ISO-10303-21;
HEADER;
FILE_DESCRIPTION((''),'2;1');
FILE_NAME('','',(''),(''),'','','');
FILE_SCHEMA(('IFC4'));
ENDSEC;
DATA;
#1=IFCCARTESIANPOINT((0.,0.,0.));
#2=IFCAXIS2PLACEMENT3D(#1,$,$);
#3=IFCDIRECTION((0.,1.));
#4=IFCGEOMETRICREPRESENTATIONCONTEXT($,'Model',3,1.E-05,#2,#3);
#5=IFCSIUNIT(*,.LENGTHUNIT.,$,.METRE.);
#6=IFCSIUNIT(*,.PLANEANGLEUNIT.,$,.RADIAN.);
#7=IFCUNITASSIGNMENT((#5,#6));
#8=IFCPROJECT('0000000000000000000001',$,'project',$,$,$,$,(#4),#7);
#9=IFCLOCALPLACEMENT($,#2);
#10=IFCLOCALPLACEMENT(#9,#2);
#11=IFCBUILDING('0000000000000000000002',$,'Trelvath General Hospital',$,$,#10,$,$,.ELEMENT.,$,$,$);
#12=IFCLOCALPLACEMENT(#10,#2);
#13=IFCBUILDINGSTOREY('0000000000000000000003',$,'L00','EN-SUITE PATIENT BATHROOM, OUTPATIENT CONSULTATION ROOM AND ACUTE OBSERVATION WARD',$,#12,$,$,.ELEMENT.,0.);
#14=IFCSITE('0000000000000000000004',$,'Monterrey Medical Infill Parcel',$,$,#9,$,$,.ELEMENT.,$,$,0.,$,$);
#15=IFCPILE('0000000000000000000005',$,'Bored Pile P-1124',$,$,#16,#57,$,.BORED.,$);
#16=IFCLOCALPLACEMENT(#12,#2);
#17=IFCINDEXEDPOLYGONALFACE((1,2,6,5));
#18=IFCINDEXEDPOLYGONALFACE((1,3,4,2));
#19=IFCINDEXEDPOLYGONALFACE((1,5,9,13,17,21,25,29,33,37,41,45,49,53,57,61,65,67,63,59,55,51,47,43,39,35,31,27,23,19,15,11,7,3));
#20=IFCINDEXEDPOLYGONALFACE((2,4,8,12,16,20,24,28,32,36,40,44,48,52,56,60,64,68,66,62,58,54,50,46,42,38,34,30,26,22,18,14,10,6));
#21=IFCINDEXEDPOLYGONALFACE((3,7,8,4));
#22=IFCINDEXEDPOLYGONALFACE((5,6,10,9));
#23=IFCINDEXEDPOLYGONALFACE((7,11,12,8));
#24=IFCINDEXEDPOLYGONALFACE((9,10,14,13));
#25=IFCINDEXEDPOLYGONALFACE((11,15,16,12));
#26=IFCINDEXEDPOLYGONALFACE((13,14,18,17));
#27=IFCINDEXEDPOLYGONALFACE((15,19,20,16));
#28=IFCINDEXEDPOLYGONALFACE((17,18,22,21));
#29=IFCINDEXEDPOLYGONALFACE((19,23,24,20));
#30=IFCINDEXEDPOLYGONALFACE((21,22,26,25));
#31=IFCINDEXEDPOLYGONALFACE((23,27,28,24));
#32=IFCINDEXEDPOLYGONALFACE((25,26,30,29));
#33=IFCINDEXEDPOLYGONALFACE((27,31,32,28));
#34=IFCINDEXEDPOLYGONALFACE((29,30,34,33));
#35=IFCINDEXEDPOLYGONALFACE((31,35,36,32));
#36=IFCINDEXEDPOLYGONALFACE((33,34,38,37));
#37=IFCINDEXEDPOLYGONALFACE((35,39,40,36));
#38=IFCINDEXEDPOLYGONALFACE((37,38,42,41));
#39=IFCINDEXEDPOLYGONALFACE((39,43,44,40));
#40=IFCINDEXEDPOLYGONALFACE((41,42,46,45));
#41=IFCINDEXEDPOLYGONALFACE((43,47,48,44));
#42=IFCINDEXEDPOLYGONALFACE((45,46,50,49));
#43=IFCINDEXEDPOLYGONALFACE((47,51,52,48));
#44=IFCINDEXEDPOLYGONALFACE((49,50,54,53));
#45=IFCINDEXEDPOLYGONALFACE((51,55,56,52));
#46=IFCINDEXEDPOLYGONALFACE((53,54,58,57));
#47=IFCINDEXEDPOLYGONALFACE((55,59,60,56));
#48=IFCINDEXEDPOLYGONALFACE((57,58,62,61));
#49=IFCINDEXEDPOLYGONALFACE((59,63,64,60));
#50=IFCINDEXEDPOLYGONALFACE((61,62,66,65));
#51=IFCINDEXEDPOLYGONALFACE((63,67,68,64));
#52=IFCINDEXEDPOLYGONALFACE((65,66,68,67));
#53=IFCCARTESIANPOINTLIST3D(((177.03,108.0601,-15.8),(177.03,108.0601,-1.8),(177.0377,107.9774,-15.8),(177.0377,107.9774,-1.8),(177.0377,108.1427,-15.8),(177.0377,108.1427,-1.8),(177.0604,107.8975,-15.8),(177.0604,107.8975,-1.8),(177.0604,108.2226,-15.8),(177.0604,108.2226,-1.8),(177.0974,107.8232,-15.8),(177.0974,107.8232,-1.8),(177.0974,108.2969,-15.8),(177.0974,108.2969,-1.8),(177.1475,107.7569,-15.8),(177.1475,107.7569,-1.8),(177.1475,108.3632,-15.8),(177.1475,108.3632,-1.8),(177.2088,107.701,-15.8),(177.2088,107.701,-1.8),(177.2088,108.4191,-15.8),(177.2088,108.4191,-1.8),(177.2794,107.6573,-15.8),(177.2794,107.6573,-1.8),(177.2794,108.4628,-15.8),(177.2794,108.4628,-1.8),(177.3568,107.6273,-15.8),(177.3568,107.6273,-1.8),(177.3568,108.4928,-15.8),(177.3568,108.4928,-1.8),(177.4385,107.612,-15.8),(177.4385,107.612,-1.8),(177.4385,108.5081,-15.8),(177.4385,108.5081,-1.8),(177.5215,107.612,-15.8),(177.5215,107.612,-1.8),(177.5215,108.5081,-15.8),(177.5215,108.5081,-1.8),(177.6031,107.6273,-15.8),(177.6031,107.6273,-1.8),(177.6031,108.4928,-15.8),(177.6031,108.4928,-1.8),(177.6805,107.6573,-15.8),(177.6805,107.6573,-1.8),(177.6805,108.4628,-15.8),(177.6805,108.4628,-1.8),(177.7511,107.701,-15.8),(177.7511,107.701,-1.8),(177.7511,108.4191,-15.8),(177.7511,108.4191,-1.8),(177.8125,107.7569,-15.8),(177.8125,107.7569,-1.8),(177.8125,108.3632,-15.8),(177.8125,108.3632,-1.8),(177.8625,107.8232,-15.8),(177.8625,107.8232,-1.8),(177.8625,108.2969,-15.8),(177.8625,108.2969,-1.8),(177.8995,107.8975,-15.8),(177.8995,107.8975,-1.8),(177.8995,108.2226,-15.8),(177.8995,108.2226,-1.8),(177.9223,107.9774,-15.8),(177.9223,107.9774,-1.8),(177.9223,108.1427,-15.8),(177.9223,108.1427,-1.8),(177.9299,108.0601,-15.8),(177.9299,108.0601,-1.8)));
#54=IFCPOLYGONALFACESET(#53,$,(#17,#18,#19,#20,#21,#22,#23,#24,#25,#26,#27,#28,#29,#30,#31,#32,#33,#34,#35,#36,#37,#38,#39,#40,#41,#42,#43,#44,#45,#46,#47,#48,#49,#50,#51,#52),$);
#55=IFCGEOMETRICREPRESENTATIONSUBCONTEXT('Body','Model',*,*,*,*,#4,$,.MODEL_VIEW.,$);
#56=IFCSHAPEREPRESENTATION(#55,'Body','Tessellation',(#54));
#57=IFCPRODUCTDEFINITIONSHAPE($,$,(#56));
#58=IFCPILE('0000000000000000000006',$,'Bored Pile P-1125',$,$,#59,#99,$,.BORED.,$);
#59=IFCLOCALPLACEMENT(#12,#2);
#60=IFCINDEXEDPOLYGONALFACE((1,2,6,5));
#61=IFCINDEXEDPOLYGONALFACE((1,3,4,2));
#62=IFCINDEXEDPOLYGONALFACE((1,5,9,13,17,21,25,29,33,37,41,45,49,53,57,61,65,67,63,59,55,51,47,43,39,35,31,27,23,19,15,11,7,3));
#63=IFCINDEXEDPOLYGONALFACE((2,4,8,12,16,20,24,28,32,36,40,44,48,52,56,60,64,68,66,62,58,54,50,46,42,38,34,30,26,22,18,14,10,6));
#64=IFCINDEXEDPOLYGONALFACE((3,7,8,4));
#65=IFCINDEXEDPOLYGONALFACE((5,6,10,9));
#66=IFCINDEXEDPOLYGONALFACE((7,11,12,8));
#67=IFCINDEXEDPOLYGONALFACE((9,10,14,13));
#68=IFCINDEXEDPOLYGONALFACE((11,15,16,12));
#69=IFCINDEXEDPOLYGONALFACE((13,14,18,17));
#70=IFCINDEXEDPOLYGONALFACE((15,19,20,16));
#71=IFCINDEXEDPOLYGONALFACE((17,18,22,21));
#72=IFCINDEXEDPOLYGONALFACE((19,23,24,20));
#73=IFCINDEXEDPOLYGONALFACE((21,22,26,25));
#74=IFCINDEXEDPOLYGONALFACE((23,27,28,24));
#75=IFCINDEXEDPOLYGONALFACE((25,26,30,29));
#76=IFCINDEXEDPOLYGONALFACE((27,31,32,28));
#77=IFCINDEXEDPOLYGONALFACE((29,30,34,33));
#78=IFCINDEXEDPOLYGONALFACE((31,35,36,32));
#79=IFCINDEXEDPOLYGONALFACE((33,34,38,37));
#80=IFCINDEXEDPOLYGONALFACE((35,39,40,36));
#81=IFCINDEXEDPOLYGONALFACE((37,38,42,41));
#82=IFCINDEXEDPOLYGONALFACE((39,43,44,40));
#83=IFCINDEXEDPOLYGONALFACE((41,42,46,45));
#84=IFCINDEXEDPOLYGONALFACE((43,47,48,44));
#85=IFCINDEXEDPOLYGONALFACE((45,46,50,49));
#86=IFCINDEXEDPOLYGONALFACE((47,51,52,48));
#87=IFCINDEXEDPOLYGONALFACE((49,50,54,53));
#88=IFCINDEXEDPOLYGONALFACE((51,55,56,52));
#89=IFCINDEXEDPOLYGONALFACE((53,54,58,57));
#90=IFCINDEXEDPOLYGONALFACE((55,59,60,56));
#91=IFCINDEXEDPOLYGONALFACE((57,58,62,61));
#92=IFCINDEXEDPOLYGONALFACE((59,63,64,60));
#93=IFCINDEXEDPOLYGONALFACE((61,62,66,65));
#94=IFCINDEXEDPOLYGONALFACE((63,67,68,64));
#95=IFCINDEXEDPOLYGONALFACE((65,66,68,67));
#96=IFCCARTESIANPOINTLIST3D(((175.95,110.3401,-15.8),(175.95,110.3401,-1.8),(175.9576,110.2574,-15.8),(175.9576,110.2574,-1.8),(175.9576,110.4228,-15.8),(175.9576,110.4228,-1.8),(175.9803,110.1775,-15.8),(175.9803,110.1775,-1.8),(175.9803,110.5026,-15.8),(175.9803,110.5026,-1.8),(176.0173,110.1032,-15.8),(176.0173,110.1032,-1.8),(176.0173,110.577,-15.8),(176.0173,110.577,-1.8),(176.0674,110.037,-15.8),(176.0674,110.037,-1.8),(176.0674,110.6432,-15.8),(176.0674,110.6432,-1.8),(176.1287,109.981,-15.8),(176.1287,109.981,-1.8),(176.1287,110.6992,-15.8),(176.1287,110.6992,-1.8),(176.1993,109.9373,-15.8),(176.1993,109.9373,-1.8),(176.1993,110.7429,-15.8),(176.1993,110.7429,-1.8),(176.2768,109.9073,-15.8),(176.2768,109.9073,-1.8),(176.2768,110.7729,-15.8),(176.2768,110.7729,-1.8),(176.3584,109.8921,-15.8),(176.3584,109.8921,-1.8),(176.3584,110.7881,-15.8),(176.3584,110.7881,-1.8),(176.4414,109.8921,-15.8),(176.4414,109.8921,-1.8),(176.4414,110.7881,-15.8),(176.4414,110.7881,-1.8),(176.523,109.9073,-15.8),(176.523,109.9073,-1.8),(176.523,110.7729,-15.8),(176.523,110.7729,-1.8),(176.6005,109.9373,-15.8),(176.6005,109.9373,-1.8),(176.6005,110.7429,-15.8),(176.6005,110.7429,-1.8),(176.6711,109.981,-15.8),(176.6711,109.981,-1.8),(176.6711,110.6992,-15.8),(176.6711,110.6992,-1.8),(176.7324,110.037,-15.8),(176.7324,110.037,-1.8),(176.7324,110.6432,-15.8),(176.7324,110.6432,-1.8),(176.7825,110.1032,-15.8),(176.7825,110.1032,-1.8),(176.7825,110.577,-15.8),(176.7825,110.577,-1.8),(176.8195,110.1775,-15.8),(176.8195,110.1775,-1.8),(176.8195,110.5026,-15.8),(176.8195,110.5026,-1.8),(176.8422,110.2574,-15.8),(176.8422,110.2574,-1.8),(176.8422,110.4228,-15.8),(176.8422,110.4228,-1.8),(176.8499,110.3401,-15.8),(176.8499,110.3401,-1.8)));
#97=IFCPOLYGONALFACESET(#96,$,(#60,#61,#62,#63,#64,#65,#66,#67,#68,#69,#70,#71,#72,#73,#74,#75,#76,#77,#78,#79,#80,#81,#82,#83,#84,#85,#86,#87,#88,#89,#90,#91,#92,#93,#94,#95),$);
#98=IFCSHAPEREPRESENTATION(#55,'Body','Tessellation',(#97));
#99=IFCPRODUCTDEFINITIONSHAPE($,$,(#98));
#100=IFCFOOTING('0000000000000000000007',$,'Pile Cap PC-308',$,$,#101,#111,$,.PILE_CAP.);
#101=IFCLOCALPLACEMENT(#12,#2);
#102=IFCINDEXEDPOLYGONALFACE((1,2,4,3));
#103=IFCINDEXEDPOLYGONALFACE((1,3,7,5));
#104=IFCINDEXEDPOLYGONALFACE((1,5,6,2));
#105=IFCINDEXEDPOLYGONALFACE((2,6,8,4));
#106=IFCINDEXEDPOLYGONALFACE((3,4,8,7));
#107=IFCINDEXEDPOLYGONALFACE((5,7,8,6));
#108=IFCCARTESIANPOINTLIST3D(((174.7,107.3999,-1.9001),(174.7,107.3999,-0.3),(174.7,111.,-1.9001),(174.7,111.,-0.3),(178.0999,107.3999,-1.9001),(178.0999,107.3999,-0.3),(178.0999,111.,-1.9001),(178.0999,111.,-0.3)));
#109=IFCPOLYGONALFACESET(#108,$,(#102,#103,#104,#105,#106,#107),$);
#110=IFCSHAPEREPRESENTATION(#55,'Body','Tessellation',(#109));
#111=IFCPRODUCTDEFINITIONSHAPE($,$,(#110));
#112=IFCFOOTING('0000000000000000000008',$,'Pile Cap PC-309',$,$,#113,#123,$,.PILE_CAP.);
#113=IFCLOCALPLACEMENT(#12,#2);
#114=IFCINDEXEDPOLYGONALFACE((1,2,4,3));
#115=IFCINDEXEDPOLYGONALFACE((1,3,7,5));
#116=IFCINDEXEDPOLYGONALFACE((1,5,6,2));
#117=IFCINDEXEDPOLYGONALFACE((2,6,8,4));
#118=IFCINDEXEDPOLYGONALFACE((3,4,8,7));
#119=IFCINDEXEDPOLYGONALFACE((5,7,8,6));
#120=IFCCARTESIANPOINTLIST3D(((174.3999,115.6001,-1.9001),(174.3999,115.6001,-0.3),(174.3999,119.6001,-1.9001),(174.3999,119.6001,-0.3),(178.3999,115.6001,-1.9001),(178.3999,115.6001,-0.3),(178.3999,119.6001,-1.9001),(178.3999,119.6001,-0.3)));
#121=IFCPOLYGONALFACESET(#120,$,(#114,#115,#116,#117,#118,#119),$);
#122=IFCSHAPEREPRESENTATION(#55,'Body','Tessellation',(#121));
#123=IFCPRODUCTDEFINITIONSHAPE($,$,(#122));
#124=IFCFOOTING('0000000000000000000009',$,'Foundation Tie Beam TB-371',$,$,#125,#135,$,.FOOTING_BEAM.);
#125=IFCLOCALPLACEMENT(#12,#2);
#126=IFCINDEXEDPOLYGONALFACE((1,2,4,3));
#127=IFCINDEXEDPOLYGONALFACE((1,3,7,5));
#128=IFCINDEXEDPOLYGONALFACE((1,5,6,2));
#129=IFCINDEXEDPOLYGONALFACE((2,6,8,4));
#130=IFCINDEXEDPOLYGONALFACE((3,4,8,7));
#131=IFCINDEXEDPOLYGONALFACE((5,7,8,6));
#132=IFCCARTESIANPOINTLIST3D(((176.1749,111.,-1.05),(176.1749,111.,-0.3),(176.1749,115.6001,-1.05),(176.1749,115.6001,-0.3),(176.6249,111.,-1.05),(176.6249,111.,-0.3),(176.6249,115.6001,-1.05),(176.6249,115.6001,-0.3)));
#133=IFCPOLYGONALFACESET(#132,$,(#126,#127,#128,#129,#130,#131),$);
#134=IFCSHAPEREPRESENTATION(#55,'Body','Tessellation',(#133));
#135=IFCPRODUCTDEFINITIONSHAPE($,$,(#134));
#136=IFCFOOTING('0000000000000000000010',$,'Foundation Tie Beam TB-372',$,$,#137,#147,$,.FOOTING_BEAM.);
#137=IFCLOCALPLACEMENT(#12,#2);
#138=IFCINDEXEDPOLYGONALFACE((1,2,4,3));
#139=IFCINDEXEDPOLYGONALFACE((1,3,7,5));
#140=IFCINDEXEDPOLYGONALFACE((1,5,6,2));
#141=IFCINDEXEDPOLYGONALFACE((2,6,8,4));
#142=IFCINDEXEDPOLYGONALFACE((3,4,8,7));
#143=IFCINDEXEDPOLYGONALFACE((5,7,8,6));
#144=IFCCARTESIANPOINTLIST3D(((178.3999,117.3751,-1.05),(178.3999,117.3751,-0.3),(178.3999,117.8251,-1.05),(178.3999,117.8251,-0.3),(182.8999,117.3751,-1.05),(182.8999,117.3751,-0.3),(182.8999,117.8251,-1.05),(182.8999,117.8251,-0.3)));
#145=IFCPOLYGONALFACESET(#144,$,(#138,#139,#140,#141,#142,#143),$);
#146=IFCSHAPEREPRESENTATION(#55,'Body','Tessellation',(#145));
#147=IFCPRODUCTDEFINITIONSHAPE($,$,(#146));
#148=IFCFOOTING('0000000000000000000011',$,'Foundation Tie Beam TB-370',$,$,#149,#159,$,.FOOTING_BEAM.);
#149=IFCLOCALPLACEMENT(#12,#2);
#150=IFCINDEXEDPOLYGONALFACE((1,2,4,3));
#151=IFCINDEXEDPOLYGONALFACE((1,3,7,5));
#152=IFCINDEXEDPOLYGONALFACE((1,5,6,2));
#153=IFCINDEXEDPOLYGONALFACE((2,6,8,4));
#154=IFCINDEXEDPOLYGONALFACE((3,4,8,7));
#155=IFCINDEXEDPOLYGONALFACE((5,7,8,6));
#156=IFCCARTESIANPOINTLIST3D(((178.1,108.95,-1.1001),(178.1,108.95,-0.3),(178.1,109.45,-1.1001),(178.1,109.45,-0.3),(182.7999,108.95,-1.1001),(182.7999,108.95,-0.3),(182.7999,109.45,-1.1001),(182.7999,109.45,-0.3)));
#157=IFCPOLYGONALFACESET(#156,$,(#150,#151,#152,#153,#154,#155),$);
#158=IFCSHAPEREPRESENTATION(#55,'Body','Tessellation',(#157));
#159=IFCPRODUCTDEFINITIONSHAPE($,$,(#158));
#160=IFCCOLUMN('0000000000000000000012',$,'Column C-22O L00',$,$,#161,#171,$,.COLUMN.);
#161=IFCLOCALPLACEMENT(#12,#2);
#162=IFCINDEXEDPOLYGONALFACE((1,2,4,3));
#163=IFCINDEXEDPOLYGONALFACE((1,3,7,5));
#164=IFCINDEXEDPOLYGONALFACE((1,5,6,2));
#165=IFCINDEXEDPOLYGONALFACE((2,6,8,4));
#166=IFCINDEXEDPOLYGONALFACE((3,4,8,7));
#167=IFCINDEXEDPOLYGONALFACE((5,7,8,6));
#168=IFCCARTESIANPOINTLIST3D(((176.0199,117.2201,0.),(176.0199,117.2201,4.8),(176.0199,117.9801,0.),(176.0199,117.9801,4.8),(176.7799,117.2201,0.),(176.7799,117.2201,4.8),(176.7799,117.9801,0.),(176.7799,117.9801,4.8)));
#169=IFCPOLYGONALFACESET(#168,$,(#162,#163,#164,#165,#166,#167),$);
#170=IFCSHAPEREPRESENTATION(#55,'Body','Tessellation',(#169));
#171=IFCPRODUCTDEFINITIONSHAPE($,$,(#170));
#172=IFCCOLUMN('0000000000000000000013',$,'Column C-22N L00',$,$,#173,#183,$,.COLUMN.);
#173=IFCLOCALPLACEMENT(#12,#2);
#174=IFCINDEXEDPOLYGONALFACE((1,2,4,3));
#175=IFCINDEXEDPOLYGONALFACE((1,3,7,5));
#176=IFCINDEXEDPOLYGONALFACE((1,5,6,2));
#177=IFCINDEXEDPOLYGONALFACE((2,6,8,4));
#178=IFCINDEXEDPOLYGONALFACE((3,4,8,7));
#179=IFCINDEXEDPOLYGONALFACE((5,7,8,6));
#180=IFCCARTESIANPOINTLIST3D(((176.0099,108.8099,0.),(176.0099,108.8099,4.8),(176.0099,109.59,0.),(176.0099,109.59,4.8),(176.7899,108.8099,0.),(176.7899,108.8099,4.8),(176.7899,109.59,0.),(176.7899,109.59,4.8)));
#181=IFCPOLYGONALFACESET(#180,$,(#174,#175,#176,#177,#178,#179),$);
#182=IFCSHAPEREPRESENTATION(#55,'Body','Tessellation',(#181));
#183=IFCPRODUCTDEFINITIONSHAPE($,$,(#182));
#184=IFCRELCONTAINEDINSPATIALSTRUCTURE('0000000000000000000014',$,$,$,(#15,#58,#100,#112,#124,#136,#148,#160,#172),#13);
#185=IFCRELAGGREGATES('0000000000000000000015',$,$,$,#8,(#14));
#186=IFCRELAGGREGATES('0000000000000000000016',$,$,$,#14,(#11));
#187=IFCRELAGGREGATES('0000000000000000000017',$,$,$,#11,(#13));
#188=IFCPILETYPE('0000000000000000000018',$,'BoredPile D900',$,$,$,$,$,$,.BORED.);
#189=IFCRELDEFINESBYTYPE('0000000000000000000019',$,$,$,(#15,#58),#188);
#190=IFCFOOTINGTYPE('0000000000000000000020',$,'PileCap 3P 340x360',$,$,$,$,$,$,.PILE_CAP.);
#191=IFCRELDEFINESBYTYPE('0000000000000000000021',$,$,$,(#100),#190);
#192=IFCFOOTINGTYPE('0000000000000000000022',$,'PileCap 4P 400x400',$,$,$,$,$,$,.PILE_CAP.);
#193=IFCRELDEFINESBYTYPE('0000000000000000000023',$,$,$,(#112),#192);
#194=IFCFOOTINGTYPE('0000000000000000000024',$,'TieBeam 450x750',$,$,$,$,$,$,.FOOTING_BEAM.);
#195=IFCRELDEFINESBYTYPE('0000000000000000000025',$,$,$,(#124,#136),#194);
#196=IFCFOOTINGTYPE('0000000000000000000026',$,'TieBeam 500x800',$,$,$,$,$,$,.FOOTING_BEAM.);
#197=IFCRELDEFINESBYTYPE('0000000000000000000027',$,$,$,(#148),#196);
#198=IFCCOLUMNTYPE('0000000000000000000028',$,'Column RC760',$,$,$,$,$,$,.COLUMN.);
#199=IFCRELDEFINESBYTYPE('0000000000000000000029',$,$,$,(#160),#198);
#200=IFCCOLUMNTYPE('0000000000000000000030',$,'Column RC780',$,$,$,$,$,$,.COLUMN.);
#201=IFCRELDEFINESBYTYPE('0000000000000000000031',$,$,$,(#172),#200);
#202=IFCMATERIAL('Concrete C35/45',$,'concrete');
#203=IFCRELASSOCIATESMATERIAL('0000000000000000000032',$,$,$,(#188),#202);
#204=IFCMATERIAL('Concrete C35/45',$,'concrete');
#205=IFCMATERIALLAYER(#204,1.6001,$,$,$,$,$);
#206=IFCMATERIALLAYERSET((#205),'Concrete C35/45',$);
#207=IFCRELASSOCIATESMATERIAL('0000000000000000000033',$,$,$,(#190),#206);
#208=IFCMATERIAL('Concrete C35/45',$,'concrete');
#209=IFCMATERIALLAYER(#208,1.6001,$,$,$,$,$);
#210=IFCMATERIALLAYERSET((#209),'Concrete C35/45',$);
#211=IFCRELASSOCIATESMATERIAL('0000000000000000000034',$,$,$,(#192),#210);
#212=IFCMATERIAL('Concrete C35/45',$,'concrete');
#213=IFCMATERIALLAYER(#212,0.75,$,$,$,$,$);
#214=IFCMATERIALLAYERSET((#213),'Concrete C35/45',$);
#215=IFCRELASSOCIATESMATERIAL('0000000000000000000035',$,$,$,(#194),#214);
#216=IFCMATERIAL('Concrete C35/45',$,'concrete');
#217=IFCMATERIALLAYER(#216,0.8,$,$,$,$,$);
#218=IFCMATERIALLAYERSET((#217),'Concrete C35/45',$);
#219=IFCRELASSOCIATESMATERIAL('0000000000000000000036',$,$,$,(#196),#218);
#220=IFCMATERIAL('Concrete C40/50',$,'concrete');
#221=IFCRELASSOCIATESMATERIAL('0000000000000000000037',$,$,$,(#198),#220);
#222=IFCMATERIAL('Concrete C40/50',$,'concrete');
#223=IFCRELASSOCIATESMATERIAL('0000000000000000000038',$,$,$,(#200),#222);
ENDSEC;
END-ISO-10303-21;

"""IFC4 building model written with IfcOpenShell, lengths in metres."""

from ifc_helpers import new_model, si_unit, direction, frame, origin, origin_2d, place, context, subcontext, project, spatial, rectangle, circle, extrude, material, layer, layer_set, material_profile, profile_set, type_object, element, save


model = new_model("IFC4")

# Units and contexts
model_context = context("Model", 3, precision=1e-05, world=origin(), true_north=direction((0.0, 1.0)))
body_context = subcontext(model_context, "Body", "Model", "MODEL_VIEW")
ifc_project = project(units=[si_unit("LENGTHUNIT", "METRE"), si_unit("PLANEANGLEUNIT", "RADIAN")], contexts=[model_context])

# Site, building, storey
site_placement = place(None, origin())
site = spatial("IfcSite", under=ifc_project, at=site_placement, Name="Monterrey Medical Infill Parcel", CompositionType="ELEMENT", RefElevation=0.0)
building_placement = place(site_placement, origin())
building = spatial("IfcBuilding", under=site, at=building_placement, Name="Trelvath General Hospital", CompositionType="ELEMENT")
storey_placement = place(building_placement, origin())
storey = spatial("IfcBuildingStorey", under=building, at=storey_placement, Name="L00", Description="EN-SUITE PATIENT BATHROOM, OUTPATIENT CONSULTATION ROOM AND ACUTE OBSERVATION WARD", CompositionType="ELEMENT", Elevation=0.0)

# Piles
ifc_material_1 = material(Name="Concrete C35/45", Category="concrete")
ifc_material_profile_1 = material_profile(ifc_material_1, circle(Radius=0.45, at=origin_2d()), Name="PILE900")
ifc_profile_set_1 = profile_set([ifc_material_profile_1], Name="Concrete C35/45")
pile_type_1 = type_object("IfcPileType", Name="BoredPile D900", PredefinedType="BORED", material=ifc_profile_set_1)
for number, where, z_axis, x_axis, name in (
    (1, (177.48, 108.0601, -1.8), (0.0, 0.0, -1.0), (1.0, 0.0, 0.0), "Bored Pile P-1124"),
    (2, (176.3999, 110.3401, -1.8), (0.0, 0.0, -1.0), (1.0, 0.0, 0.0), "Bored Pile P-1125"),
):
    element("IfcPile", number, at=place(storey_placement, frame(where, z_axis=z_axis, x_axis=x_axis)), inside=storey, type_object=pile_type_1, Name=name, PredefinedType="BORED", context=body_context, shape_type="SweptSolid", body=[
        extrude(circle(Radius=0.45, at=origin_2d()), origin(), (0.0, 0.0, 1.0), 14.0),
    ])

# Footings
ifc_material_2 = material(Name="Concrete C35/45", Category="concrete")
ifc_layer_1 = layer(ifc_material_2, 1.6001)
ifc_layer_set_1 = layer_set([ifc_layer_1], Name="Concrete C35/45")
footing_type_1 = type_object("IfcFootingType", Name="PileCap 3P 340x360", PredefinedType="PILE_CAP", material=ifc_layer_set_1)
footing_1_placement = place(storey_placement, frame((176.3999, 109.2, -1.9001), z_axis=(0.0, 0.0, 1.0), x_axis=(1.0, 0.0, 0.0)))
element("IfcFooting", 3, at=footing_1_placement, inside=storey, type_object=footing_type_1, Name="Pile Cap PC-308", PredefinedType="PILE_CAP", context=body_context, shape_type="SweptSolid", body=[
    extrude(rectangle(XDim=3.3999, YDim=3.6001, at=origin_2d()), origin(), (0.0, 0.0, 1.0), 1.6001),
])
ifc_material_3 = material(Name="Concrete C35/45", Category="concrete")
ifc_layer_2 = layer(ifc_material_3, 1.6001)
ifc_layer_set_2 = layer_set([ifc_layer_2], Name="Concrete C35/45")
footing_type_2 = type_object("IfcFootingType", Name="PileCap 4P 400x400", PredefinedType="PILE_CAP", material=ifc_layer_set_2)
footing_2_placement = place(storey_placement, frame((176.3999, 117.6001, -1.9001), z_axis=(0.0, 0.0, 1.0), x_axis=(1.0, 0.0, 0.0)))
element("IfcFooting", 4, at=footing_2_placement, inside=storey, type_object=footing_type_2, Name="Pile Cap PC-309", PredefinedType="PILE_CAP", context=body_context, shape_type="SweptSolid", body=[
    extrude(rectangle(XDim=4.0, YDim=4.0, at=origin_2d()), origin(), (0.0, 0.0, 1.0), 1.6001),
])
ifc_material_4 = material(Name="Concrete C35/45", Category="concrete")
ifc_layer_3 = layer(ifc_material_4, 0.75)
ifc_layer_set_3 = layer_set([ifc_layer_3], Name="Concrete C35/45")
footing_type_3 = type_object("IfcFootingType", Name="TieBeam 450x750", PredefinedType="FOOTING_BEAM", material=ifc_layer_set_3)
footing_3_placement = place(storey_placement, frame((176.3999, 113.3, -1.05), z_axis=(0.0, 0.0, 1.0), x_axis=(1.0, 0.0, 0.0)))
element("IfcFooting", 5, at=footing_3_placement, inside=storey, type_object=footing_type_3, Name="Foundation Tie Beam TB-371", PredefinedType="FOOTING_BEAM", context=body_context, shape_type="SweptSolid", body=[
    extrude(rectangle(XDim=0.45, YDim=4.6001, at=origin_2d()), origin(), (0.0, 0.0, 1.0), 0.75),
])
footing_4_placement = place(storey_placement, frame((180.6499, 117.6001, -1.05), z_axis=(0.0, 0.0, 1.0), x_axis=(1.0, 0.0, 0.0)))
element("IfcFooting", 6, at=footing_4_placement, inside=storey, type_object=footing_type_3, Name="Foundation Tie Beam TB-372", PredefinedType="FOOTING_BEAM", context=body_context, shape_type="SweptSolid", body=[
    extrude(rectangle(XDim=4.5, YDim=0.45, at=origin_2d()), origin(), (0.0, 0.0, 1.0), 0.75),
])
ifc_material_5 = material(Name="Concrete C35/45", Category="concrete")
ifc_layer_4 = layer(ifc_material_5, 0.8)
ifc_layer_set_4 = layer_set([ifc_layer_4], Name="Concrete C35/45")
footing_type_4 = type_object("IfcFootingType", Name="TieBeam 500x800", PredefinedType="FOOTING_BEAM", material=ifc_layer_set_4)
footing_5_placement = place(storey_placement, frame((180.45, 109.2, -1.1001), z_axis=(0.0, 0.0, 1.0), x_axis=(1.0, 0.0, 0.0)))
element("IfcFooting", 7, at=footing_5_placement, inside=storey, type_object=footing_type_4, Name="Foundation Tie Beam TB-370", PredefinedType="FOOTING_BEAM", context=body_context, shape_type="SweptSolid", body=[
    extrude(rectangle(XDim=4.7, YDim=0.5, at=origin_2d()), origin(), (0.0, 0.0, 1.0), 0.8),
])

# Columns
ifc_material_6 = material(Name="Concrete C40/50", Category="concrete")
ifc_material_profile_2 = material_profile(ifc_material_6, rectangle(XDim=0.76, YDim=0.76, at=origin_2d()), Name="RC760x760")
ifc_profile_set_2 = profile_set([ifc_material_profile_2], Name="Concrete C40/50")
column_type_1 = type_object("IfcColumnType", Name="Column RC760", PredefinedType="COLUMN", material=ifc_profile_set_2)
column_1_placement = place(storey_placement, frame((176.3999, 117.6001, 0.0), z_axis=(0.0, 0.0, 1.0), x_axis=(1.0, 0.0, 0.0)))
element("IfcColumn", 8, at=column_1_placement, inside=storey, type_object=column_type_1, Name="Column C-22O L00", PredefinedType="COLUMN", context=body_context, shape_type="SweptSolid", body=[
    extrude(rectangle(XDim=0.76, YDim=0.76, at=origin_2d()), origin(), (0.0, 0.0, 1.0), 4.8),
])
ifc_material_7 = material(Name="Concrete C40/50", Category="concrete")
ifc_material_profile_3 = material_profile(ifc_material_7, rectangle(XDim=0.78, YDim=0.78, at=origin_2d()), Name="RC780x780")
ifc_profile_set_3 = profile_set([ifc_material_profile_3], Name="Concrete C40/50")
column_type_2 = type_object("IfcColumnType", Name="Column RC780", PredefinedType="COLUMN", material=ifc_profile_set_3)
column_2_placement = place(storey_placement, frame((176.3999, 109.2, 0.0), z_axis=(0.0, 0.0, 1.0), x_axis=(1.0, 0.0, 0.0)))
element("IfcColumn", 9, at=column_2_placement, inside=storey, type_object=column_type_2, Name="Column C-22N L00", PredefinedType="COLUMN", context=body_context, shape_type="SweptSolid", body=[
    extrude(rectangle(XDim=0.78, YDim=0.78, at=origin_2d()), origin(), (0.0, 0.0, 1.0), 4.8),
])

save(model, "model.ifc")
